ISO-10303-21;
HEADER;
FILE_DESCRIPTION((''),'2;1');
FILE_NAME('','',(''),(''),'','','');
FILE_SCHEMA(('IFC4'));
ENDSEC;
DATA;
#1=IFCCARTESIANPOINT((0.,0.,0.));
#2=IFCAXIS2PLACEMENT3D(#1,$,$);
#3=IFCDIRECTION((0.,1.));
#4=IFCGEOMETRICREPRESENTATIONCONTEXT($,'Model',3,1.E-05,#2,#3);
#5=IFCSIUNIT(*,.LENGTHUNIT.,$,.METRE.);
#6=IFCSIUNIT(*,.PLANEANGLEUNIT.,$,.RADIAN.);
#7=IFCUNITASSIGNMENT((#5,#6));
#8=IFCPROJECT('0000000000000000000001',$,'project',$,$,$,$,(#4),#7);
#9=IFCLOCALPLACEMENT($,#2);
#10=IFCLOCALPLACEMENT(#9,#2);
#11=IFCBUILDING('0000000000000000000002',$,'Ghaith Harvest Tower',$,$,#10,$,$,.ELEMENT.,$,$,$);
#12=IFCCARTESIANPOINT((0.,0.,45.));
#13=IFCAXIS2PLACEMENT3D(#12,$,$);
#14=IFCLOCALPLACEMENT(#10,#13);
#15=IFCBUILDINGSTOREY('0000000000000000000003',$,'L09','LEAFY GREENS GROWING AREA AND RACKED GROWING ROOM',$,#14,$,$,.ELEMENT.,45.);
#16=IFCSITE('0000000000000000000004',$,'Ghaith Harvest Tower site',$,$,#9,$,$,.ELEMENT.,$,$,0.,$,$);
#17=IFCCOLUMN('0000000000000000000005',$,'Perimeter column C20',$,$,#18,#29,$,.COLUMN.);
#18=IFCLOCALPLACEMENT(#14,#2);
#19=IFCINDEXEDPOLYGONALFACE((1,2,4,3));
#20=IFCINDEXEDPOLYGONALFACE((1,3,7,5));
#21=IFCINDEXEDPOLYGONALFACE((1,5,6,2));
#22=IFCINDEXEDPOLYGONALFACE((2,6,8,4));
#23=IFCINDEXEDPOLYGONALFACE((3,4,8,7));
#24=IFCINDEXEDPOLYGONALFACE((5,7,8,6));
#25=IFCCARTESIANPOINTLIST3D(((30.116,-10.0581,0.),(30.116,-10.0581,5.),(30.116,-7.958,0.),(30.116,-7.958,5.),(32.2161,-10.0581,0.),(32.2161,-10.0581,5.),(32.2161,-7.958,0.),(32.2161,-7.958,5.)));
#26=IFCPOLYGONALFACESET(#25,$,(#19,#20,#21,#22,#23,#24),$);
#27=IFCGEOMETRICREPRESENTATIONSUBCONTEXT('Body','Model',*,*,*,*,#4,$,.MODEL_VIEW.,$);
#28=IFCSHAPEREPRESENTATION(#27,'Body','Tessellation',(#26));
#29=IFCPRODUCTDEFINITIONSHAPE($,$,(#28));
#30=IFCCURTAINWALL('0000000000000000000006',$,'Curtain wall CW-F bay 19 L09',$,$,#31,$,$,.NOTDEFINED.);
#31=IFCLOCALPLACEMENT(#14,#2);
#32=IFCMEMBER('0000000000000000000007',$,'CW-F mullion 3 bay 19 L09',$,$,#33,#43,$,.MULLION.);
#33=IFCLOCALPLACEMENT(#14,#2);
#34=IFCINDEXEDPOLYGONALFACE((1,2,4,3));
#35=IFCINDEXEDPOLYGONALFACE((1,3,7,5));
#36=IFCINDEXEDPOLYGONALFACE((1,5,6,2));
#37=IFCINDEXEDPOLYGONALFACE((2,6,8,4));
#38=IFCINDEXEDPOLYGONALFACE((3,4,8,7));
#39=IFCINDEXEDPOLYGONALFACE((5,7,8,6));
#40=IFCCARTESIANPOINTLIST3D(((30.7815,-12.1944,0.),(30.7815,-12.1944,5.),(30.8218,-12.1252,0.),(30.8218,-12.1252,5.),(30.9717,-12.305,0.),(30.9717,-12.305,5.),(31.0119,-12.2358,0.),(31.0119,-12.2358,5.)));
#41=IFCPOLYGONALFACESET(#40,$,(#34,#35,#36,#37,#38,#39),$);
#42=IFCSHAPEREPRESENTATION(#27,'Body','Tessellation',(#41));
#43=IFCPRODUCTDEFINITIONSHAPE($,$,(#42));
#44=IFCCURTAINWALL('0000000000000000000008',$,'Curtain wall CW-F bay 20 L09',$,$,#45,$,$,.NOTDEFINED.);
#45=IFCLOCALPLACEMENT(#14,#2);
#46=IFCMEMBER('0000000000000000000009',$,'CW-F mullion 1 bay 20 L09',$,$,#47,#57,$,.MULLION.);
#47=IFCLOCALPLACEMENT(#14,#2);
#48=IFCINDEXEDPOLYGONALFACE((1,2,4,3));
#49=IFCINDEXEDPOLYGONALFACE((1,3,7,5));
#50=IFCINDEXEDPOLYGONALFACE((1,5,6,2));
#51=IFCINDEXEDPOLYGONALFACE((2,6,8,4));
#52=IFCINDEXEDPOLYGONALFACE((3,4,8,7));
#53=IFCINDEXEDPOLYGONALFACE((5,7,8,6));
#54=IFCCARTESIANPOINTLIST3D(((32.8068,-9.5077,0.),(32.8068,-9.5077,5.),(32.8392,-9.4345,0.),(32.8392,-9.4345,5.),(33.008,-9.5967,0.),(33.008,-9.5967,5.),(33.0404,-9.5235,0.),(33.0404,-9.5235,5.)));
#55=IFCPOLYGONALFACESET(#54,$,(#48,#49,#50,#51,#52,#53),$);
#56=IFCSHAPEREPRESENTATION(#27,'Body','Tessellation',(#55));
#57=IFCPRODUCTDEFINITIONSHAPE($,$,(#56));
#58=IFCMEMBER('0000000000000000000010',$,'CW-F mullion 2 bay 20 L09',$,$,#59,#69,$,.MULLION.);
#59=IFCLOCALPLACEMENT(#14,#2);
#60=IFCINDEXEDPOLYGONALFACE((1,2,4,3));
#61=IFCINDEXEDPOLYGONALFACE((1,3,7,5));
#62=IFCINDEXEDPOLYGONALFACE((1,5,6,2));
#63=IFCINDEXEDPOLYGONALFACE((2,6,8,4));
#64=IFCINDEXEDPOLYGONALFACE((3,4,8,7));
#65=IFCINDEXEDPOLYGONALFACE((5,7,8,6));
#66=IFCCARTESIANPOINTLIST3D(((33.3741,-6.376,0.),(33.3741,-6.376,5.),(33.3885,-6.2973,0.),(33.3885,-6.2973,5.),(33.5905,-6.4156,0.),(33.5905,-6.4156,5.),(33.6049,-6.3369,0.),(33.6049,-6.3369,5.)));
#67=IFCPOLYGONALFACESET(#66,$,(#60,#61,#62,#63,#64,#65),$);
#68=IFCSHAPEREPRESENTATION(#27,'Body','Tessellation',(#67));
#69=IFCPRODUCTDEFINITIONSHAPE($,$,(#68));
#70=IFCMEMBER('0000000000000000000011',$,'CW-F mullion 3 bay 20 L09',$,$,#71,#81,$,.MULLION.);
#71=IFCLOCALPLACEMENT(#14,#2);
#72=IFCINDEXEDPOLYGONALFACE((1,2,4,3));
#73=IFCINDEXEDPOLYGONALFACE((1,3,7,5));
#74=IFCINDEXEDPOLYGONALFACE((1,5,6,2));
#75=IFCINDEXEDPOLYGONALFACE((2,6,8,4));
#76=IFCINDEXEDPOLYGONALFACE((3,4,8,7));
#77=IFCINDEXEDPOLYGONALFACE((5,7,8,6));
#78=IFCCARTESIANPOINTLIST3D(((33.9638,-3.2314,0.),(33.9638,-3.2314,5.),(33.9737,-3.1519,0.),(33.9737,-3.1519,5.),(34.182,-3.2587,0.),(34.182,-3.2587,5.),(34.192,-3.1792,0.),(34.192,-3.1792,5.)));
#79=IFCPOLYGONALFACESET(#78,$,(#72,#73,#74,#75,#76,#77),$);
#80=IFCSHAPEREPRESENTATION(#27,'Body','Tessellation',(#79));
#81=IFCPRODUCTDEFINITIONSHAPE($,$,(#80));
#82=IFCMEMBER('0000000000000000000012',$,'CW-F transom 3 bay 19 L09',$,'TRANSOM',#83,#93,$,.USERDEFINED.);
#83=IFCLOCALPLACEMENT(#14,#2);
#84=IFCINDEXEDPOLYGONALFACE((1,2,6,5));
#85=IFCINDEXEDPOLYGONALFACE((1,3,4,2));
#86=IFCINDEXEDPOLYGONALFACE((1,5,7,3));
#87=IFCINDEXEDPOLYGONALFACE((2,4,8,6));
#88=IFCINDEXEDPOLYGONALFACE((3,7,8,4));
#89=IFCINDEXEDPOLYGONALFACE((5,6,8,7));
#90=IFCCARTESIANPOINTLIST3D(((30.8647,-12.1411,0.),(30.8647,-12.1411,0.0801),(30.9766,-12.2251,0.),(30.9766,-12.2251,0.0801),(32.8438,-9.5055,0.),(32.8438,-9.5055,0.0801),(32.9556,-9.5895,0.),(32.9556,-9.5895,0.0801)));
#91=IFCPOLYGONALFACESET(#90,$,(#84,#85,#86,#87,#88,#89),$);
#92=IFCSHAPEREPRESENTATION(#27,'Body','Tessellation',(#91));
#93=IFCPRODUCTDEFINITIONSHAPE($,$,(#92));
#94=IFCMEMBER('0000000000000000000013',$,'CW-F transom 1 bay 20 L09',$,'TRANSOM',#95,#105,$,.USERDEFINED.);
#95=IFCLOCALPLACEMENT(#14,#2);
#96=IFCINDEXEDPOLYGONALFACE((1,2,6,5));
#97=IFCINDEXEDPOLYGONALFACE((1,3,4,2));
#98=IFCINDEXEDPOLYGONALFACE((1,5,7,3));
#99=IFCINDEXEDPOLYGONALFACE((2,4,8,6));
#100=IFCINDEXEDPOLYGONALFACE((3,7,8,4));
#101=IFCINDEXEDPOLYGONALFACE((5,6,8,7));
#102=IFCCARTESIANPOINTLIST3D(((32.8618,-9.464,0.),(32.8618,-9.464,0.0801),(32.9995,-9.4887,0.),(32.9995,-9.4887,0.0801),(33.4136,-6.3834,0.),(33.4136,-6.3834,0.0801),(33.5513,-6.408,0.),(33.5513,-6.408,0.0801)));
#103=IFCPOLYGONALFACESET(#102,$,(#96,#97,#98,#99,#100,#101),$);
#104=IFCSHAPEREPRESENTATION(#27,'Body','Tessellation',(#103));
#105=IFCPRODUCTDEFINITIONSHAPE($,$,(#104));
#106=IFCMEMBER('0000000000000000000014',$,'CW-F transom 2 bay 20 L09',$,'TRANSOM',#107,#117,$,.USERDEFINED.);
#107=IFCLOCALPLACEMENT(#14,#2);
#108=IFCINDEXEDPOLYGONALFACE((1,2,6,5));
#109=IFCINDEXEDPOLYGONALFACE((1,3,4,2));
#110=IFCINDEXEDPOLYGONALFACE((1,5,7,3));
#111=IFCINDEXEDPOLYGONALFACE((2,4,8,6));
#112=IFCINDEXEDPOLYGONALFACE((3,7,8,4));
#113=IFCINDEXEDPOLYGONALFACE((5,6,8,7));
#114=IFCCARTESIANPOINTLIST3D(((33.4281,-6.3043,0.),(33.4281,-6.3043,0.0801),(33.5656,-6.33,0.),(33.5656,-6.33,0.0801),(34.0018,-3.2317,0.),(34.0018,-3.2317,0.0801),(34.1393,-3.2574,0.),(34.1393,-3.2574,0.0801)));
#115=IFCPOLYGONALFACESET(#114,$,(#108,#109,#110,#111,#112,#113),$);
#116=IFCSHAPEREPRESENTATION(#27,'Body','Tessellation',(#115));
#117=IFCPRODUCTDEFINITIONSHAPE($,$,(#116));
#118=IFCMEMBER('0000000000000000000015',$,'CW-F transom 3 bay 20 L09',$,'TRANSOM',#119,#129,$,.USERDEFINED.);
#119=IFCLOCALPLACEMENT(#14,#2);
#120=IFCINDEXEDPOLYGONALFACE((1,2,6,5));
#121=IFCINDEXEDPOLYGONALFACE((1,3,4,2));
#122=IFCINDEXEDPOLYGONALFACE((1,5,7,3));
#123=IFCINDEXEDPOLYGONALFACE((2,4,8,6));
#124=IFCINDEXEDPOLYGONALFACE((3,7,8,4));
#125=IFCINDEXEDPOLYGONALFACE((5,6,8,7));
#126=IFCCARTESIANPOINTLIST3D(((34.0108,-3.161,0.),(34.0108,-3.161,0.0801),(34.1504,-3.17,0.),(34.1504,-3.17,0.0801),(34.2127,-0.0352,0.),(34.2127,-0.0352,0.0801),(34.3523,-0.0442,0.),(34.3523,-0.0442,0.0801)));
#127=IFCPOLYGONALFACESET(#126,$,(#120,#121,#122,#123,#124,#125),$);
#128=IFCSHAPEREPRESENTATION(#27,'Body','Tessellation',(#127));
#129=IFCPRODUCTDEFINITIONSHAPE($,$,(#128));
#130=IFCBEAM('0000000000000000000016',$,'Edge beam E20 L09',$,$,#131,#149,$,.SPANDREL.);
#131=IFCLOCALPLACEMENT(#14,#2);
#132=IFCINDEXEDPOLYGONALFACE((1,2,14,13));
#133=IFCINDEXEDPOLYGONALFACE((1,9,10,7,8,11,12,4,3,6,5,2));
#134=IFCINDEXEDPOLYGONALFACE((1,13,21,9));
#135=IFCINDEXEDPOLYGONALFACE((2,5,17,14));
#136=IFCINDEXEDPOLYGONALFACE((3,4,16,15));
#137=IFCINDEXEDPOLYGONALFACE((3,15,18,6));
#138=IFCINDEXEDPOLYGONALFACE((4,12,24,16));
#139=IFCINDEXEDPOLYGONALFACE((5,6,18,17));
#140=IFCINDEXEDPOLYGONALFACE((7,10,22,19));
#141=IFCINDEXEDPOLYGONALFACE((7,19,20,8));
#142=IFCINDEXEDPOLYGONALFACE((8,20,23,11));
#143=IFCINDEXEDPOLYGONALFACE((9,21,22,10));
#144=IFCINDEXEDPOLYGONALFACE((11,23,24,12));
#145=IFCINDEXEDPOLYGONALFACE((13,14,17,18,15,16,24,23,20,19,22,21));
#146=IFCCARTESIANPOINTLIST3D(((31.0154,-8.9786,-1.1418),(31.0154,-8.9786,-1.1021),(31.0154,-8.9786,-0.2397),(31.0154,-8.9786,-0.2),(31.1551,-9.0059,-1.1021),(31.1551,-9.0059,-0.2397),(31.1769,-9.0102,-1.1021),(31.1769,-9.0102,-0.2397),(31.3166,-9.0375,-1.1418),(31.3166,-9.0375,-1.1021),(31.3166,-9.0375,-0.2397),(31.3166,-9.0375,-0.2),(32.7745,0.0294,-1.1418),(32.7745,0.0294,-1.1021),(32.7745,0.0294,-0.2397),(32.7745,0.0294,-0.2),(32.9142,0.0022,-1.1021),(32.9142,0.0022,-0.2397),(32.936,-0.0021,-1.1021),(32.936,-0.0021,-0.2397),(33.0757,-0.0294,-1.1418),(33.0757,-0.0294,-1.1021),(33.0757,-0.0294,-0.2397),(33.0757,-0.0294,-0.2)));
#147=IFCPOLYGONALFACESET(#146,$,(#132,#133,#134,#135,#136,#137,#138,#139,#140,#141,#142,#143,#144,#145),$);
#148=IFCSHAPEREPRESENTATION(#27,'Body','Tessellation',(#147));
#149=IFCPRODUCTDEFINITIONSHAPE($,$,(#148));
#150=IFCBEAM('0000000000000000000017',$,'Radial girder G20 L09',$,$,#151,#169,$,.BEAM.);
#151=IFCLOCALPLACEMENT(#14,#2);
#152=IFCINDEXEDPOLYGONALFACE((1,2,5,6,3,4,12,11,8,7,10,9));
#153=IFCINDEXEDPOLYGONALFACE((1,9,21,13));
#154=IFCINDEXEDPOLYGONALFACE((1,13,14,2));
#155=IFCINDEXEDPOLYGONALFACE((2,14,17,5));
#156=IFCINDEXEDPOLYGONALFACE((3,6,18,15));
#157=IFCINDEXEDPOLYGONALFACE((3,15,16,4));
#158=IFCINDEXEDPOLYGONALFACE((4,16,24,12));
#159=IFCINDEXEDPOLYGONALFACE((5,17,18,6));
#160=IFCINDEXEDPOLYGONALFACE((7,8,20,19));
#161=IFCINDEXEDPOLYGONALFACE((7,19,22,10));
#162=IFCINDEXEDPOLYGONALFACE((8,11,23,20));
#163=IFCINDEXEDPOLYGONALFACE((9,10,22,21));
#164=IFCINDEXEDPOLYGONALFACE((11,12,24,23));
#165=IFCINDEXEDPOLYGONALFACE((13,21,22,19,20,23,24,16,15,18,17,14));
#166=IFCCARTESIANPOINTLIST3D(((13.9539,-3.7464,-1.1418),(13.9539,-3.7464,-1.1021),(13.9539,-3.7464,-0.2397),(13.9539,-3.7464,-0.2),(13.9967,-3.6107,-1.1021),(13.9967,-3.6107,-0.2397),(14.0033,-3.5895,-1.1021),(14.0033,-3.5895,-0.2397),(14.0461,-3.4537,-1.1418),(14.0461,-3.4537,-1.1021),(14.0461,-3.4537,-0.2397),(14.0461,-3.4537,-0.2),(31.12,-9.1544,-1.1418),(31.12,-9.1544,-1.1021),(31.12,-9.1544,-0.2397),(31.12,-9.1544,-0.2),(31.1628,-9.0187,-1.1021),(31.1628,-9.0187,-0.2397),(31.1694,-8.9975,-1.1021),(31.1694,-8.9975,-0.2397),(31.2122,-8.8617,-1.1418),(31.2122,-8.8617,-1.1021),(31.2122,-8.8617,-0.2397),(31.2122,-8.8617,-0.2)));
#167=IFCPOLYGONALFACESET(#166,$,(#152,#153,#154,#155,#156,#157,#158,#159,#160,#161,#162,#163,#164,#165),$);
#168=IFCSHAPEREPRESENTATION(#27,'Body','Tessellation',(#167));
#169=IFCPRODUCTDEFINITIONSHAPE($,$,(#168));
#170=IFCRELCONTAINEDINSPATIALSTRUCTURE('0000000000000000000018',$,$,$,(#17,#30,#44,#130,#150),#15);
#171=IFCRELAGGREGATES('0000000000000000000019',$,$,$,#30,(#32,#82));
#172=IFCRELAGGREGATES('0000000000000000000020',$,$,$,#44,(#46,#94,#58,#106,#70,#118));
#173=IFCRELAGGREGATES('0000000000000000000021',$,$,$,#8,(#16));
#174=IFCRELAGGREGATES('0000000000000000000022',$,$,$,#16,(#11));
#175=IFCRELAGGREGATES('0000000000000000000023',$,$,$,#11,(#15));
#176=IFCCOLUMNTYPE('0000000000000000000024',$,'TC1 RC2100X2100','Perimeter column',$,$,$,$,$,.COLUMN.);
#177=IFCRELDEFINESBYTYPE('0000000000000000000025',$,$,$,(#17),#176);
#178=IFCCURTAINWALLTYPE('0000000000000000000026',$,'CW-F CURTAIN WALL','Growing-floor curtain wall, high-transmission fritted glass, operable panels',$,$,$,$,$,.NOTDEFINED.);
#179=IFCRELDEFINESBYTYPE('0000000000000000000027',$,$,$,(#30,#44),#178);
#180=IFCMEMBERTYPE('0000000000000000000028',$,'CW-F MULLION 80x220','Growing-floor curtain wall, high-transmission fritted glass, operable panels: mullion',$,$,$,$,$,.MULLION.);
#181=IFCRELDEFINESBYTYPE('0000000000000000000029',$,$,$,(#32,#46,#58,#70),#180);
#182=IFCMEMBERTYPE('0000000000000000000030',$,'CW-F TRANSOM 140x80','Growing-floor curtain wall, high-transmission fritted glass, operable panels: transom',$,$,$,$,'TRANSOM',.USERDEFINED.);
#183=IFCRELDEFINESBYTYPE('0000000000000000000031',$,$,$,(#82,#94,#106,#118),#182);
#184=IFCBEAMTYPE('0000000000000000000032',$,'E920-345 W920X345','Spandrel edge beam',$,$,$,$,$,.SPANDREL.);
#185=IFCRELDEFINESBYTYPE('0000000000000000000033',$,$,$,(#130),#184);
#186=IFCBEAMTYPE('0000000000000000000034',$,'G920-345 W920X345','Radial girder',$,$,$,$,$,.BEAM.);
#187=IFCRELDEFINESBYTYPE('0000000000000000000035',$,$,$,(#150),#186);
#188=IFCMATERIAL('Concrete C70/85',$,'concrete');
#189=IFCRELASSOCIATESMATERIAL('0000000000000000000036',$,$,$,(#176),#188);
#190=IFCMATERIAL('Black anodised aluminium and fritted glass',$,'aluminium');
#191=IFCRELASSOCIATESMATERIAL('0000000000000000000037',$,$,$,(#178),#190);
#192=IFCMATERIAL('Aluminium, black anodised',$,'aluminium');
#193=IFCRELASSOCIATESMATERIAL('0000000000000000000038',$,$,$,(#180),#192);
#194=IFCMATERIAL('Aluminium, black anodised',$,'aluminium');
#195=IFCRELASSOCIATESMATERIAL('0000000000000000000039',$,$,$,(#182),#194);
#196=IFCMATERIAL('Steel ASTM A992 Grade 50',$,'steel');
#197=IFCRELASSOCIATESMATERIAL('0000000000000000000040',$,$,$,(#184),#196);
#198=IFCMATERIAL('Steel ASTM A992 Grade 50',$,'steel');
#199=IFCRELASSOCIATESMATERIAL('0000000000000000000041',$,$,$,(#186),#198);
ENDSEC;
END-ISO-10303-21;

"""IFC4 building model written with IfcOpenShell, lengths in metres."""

from ifc_helpers import new_model, si_unit, direction, frame, origin, origin_2d, place, context, subcontext, project, spatial, rectangle, i_section, extrude, material, material_profile, profile_set, type_object, element, aggregate, save


model = new_model("IFC4")

# Units and contexts
model_context = context("Model", 3, precision=1e-05, world=origin(), true_north=direction((0.0, 1.0)))
body_context = subcontext(model_context, "Body", "Model", "MODEL_VIEW")
ifc_project = project(units=[si_unit("LENGTHUNIT", "METRE"), si_unit("PLANEANGLEUNIT", "RADIAN")], contexts=[model_context])

# Site, building, storey
site_placement = place(None, origin())
site = spatial("IfcSite", under=ifc_project, at=site_placement, Name="Ghaith Harvest Tower site", CompositionType="ELEMENT", RefElevation=0.0)
building_placement = place(site_placement, origin())
building = spatial("IfcBuilding", under=site, at=building_placement, Name="Ghaith Harvest Tower", CompositionType="ELEMENT")
storey_placement = place(building_placement, frame((0.0, 0.0, 45.0)))
storey = spatial("IfcBuildingStorey", under=building, at=storey_placement, Name="L09", Description="LEAFY GREENS GROWING AREA AND RACKED GROWING ROOM", CompositionType="ELEMENT", Elevation=45.0)

# Column
ifc_material_1 = material(Name="Concrete C70/85", Category="concrete")
ifc_material_profile_1 = material_profile(ifc_material_1, rectangle(XDim=2.1001, YDim=2.1001, at=origin_2d()), Name="RC2100X2100")
ifc_profile_set_1 = profile_set([ifc_material_profile_1], Name="Concrete C70/85")
column_type = type_object("IfcColumnType", Name="TC1 RC2100X2100", Description="Perimeter column", PredefinedType="COLUMN", material=ifc_profile_set_1)
column_placement = place(storey_placement, frame((31.166, -9.0081, 0.0), z_axis=(0.0, 0.0, 1.0), x_axis=(1.0, 0.0, 0.0)))
element("IfcColumn", 1, at=column_placement, inside=storey, type_object=column_type, Name="Perimeter column C20", PredefinedType="COLUMN", context=body_context, shape_type="SweptSolid", body=[
    extrude(rectangle(XDim=2.1001, YDim=2.1001, at=origin_2d()), origin(), (0.0, 0.0, 1.0), 5.0),
])

# Curtain wall, member
ifc_material_2 = material(Name="Black anodised aluminium and fritted glass", Category="aluminium")
curtain_wall_type = type_object("IfcCurtainWallType", Name="CW-F CURTAIN WALL", Description="Growing-floor curtain wall, high-transmission fritted glass, operable panels", PredefinedType="NOTDEFINED", material=ifc_material_2)
curtain_wall_1_placement = place(storey_placement, origin())
curtain_wall_1 = element("IfcCurtainWall", 2, at=curtain_wall_1_placement, inside=storey, type_object=curtain_wall_type, Name="Curtain wall CW-F bay 19 L09", PredefinedType="NOTDEFINED")
ifc_material_3 = material(Name="Aluminium, black anodised", Category="aluminium")
ifc_material_profile_2 = material_profile(ifc_material_3, rectangle(XDim=0.0801, YDim=0.22, at=origin_2d()), Name="CW-F MULLION 80x220")
ifc_profile_set_2 = profile_set([ifc_material_profile_2], Name="Aluminium, black anodised")
member_type_1 = type_object("IfcMemberType", Name="CW-F MULLION 80x220", Description="Growing-floor curtain wall, high-transmission fritted glass, operable panels: mullion", PredefinedType="MULLION", material=ifc_profile_set_2)
member_1_placement = place(storey_placement, frame((30.8967, -12.2151, 0.0), z_axis=(0.0, 0.0, 1.0), x_axis=(0.502795, 0.864406, 0.0)))
member_1 = element("IfcMember", 3, at=member_1_placement, type_object=member_type_1, Name="CW-F mullion 3 bay 19 L09", PredefinedType="MULLION", context=body_context, shape_type="SweptSolid", body=[
    extrude(rectangle(XDim=0.0801, YDim=0.22, at=origin_2d()), origin(), (0.0, 0.0, 1.0), 5.0),
])

# Curtain wall, members
curtain_wall_2_placement = place(storey_placement, origin())
curtain_wall_2 = element("IfcCurtainWall", 4, at=curtain_wall_2_placement, inside=storey, type_object=curtain_wall_type, Name="Curtain wall CW-F bay 20 L09", PredefinedType="NOTDEFINED")
member_2_placement = place(storey_placement, frame((32.9236, -9.5156, 0.0), z_axis=(0.0, 0.0, 1.0), x_axis=(0.404702, 0.914449, 0.0)))
member_2 = element("IfcMember", 5, at=member_2_placement, type_object=member_type_1, Name="CW-F mullion 1 bay 20 L09", PredefinedType="MULLION", context=body_context, shape_type="SweptSolid", body=[
    extrude(rectangle(XDim=0.0801, YDim=0.22, at=origin_2d()), origin(), (0.0, 0.0, 1.0), 5.0),
])
member_3_placement = place(storey_placement, frame((33.4895, -6.3564, 0.0), z_axis=(0.0, 0.0, 1.0), x_axis=(0.179943, 0.983677, 0.0)))
member_3 = element("IfcMember", 6, at=member_3_placement, type_object=member_type_1, Name="CW-F mullion 2 bay 20 L09", PredefinedType="MULLION", context=body_context, shape_type="SweptSolid", body=[
    extrude(rectangle(XDim=0.0801, YDim=0.22, at=origin_2d()), origin(), (0.0, 0.0, 1.0), 5.0),
])
member_4_placement = place(storey_placement, frame((34.0779, -3.2053, 0.0), z_axis=(0.0, 0.0, 1.0), x_axis=(0.12417, 0.992261, 0.0)))
member_4 = element("IfcMember", 7, at=member_4_placement, type_object=member_type_1, Name="CW-F mullion 3 bay 20 L09", PredefinedType="MULLION", context=body_context, shape_type="SweptSolid", body=[
    extrude(rectangle(XDim=0.0801, YDim=0.22, at=origin_2d()), origin(), (0.0, 0.0, 1.0), 5.0),
])

# Members
ifc_material_4 = material(Name="Aluminium, black anodised", Category="aluminium")
ifc_material_profile_3 = material_profile(ifc_material_4, rectangle(XDim=0.1399, YDim=0.0801, at=origin_2d()), Name="CW-F TRANSOM 140x80")
ifc_profile_set_3 = profile_set([ifc_material_profile_3], Name="Aluminium, black anodised")
member_type_2 = type_object("IfcMemberType", Name="CW-F TRANSOM 140x80", Description="Growing-floor curtain wall, high-transmission fritted glass, operable panels: transom", ElementType="TRANSOM", PredefinedType="USERDEFINED", material=ifc_profile_set_3)
member_5_placement = place(storey_placement, frame((30.9207, -12.1831, 0.04), z_axis=(0.600462, 0.799653, 0.0), x_axis=(-0.799653, 0.600462, 0.0)))
member_5 = element("IfcMember", 8, at=member_5_placement, type_object=member_type_2, Name="CW-F transom 3 bay 19 L09", ObjectType="TRANSOM", PredefinedType="USERDEFINED", context=body_context, shape_type="SweptSolid", body=[
    extrude(rectangle(XDim=0.1399, YDim=0.0801, at=origin_2d()), origin(), (0.0, 0.0, 1.0), 3.2959),
])
member_6_placement = place(storey_placement, frame((32.9307, -9.4763, 0.04), z_axis=(0.176304, 0.984336, 0.0), x_axis=(-0.984336, 0.176304, 0.0)))
member_6 = element("IfcMember", 9, at=member_6_placement, type_object=member_type_2, Name="CW-F transom 1 bay 20 L09", ObjectType="TRANSOM", PredefinedType="USERDEFINED", context=body_context, shape_type="SweptSolid", body=[
    extrude(rectangle(XDim=0.1399, YDim=0.0801, at=origin_2d()), origin(), (0.0, 0.0, 1.0), 3.1296),
])
member_7_placement = place(storey_placement, frame((33.4968, -6.3171, 0.04), z_axis=(0.183557, 0.983009, 0.0), x_axis=(-0.983009, 0.183557, 0.0)))
member_7 = element("IfcMember", 10, at=member_7_placement, type_object=member_type_2, Name="CW-F transom 2 bay 20 L09", ObjectType="TRANSOM", PredefinedType="USERDEFINED", context=body_context, shape_type="SweptSolid", body=[
    extrude(rectangle(XDim=0.1399, YDim=0.0801, at=origin_2d()), origin(), (0.0, 0.0, 1.0), 3.1257),
])
member_8_placement = place(storey_placement, frame((34.0806, -3.1655, 0.04), z_axis=(0.06446, 0.99792, 0.0), x_axis=(-0.99792, 0.06446, 0.0)))
member_8 = element("IfcMember", 11, at=member_8_placement, type_object=member_type_2, Name="CW-F transom 3 bay 20 L09", ObjectType="TRANSOM", PredefinedType="USERDEFINED", context=body_context, shape_type="SweptSolid", body=[
    extrude(rectangle(XDim=0.1399, YDim=0.0801, at=origin_2d()), origin(), (0.0, 0.0, 1.0), 3.1323),
])

# Beams
ifc_material_5 = material(Name="Steel ASTM A992 Grade 50", Category="steel")
ifc_material_profile_4 = material_profile(ifc_material_5, i_section(OverallWidth=0.3069, OverallDepth=0.9419, WebThickness=0.0222, FlangeThickness=0.0398, at=origin_2d()), Name="W920X345")
ifc_profile_set_4 = profile_set([ifc_material_profile_4], Name="Steel ASTM A992 Grade 50")
beam_type_1 = type_object("IfcBeamType", Name="E920-345 W920X345", Description="Spandrel edge beam", PredefinedType="SPANDREL", material=ifc_profile_set_4)
beam_1_placement = place(storey_placement, frame((31.166, -9.0081, -0.6709), z_axis=(0.191653, 0.981463, 0.0), x_axis=(-0.981463, 0.191653, 0.0)))
element("IfcBeam", 12, at=beam_1_placement, inside=storey, type_object=beam_type_1, Name="Edge beam E20 L09", PredefinedType="SPANDREL", context=body_context, shape_type="SweptSolid", body=[
    extrude(i_section(OverallWidth=0.3069, OverallDepth=0.9419, WebThickness=0.0222, FlangeThickness=0.0398, at=origin_2d()), origin(), (0.0, 0.0, 1.0), 9.1782),
])
ifc_material_6 = material(Name="Steel ASTM A992 Grade 50", Category="steel")
ifc_material_profile_5 = material_profile(ifc_material_6, i_section(OverallWidth=0.3069, OverallDepth=0.9419, WebThickness=0.0222, FlangeThickness=0.0398, at=origin_2d()), Name="W920X345")
ifc_profile_set_5 = profile_set([ifc_material_profile_5], Name="Steel ASTM A992 Grade 50")
beam_type_2 = type_object("IfcBeamType", Name="G920-345 W920X345", Description="Radial girder", PredefinedType="BEAM", material=ifc_profile_set_5)
beam_2_placement = place(storey_placement, frame((14.0, -3.6001, -0.6709), z_axis=(0.953788, -0.30048, 0.0), x_axis=(0.30048, 0.953788, 0.0)))
element("IfcBeam", 13, at=beam_2_placement, inside=storey, type_object=beam_type_2, Name="Radial girder G20 L09", PredefinedType="BEAM", context=body_context, shape_type="SweptSolid", body=[
    extrude(i_section(OverallWidth=0.3069, OverallDepth=0.9419, WebThickness=0.0222, FlangeThickness=0.0398, at=origin_2d()), origin(), (0.0, 0.0, 1.0), 17.9978),
])

aggregate(curtain_wall_1, [member_1, member_5])
aggregate(curtain_wall_2, [member_2, member_6, member_3, member_7, member_4, member_8])

save(model, "model.ifc")
